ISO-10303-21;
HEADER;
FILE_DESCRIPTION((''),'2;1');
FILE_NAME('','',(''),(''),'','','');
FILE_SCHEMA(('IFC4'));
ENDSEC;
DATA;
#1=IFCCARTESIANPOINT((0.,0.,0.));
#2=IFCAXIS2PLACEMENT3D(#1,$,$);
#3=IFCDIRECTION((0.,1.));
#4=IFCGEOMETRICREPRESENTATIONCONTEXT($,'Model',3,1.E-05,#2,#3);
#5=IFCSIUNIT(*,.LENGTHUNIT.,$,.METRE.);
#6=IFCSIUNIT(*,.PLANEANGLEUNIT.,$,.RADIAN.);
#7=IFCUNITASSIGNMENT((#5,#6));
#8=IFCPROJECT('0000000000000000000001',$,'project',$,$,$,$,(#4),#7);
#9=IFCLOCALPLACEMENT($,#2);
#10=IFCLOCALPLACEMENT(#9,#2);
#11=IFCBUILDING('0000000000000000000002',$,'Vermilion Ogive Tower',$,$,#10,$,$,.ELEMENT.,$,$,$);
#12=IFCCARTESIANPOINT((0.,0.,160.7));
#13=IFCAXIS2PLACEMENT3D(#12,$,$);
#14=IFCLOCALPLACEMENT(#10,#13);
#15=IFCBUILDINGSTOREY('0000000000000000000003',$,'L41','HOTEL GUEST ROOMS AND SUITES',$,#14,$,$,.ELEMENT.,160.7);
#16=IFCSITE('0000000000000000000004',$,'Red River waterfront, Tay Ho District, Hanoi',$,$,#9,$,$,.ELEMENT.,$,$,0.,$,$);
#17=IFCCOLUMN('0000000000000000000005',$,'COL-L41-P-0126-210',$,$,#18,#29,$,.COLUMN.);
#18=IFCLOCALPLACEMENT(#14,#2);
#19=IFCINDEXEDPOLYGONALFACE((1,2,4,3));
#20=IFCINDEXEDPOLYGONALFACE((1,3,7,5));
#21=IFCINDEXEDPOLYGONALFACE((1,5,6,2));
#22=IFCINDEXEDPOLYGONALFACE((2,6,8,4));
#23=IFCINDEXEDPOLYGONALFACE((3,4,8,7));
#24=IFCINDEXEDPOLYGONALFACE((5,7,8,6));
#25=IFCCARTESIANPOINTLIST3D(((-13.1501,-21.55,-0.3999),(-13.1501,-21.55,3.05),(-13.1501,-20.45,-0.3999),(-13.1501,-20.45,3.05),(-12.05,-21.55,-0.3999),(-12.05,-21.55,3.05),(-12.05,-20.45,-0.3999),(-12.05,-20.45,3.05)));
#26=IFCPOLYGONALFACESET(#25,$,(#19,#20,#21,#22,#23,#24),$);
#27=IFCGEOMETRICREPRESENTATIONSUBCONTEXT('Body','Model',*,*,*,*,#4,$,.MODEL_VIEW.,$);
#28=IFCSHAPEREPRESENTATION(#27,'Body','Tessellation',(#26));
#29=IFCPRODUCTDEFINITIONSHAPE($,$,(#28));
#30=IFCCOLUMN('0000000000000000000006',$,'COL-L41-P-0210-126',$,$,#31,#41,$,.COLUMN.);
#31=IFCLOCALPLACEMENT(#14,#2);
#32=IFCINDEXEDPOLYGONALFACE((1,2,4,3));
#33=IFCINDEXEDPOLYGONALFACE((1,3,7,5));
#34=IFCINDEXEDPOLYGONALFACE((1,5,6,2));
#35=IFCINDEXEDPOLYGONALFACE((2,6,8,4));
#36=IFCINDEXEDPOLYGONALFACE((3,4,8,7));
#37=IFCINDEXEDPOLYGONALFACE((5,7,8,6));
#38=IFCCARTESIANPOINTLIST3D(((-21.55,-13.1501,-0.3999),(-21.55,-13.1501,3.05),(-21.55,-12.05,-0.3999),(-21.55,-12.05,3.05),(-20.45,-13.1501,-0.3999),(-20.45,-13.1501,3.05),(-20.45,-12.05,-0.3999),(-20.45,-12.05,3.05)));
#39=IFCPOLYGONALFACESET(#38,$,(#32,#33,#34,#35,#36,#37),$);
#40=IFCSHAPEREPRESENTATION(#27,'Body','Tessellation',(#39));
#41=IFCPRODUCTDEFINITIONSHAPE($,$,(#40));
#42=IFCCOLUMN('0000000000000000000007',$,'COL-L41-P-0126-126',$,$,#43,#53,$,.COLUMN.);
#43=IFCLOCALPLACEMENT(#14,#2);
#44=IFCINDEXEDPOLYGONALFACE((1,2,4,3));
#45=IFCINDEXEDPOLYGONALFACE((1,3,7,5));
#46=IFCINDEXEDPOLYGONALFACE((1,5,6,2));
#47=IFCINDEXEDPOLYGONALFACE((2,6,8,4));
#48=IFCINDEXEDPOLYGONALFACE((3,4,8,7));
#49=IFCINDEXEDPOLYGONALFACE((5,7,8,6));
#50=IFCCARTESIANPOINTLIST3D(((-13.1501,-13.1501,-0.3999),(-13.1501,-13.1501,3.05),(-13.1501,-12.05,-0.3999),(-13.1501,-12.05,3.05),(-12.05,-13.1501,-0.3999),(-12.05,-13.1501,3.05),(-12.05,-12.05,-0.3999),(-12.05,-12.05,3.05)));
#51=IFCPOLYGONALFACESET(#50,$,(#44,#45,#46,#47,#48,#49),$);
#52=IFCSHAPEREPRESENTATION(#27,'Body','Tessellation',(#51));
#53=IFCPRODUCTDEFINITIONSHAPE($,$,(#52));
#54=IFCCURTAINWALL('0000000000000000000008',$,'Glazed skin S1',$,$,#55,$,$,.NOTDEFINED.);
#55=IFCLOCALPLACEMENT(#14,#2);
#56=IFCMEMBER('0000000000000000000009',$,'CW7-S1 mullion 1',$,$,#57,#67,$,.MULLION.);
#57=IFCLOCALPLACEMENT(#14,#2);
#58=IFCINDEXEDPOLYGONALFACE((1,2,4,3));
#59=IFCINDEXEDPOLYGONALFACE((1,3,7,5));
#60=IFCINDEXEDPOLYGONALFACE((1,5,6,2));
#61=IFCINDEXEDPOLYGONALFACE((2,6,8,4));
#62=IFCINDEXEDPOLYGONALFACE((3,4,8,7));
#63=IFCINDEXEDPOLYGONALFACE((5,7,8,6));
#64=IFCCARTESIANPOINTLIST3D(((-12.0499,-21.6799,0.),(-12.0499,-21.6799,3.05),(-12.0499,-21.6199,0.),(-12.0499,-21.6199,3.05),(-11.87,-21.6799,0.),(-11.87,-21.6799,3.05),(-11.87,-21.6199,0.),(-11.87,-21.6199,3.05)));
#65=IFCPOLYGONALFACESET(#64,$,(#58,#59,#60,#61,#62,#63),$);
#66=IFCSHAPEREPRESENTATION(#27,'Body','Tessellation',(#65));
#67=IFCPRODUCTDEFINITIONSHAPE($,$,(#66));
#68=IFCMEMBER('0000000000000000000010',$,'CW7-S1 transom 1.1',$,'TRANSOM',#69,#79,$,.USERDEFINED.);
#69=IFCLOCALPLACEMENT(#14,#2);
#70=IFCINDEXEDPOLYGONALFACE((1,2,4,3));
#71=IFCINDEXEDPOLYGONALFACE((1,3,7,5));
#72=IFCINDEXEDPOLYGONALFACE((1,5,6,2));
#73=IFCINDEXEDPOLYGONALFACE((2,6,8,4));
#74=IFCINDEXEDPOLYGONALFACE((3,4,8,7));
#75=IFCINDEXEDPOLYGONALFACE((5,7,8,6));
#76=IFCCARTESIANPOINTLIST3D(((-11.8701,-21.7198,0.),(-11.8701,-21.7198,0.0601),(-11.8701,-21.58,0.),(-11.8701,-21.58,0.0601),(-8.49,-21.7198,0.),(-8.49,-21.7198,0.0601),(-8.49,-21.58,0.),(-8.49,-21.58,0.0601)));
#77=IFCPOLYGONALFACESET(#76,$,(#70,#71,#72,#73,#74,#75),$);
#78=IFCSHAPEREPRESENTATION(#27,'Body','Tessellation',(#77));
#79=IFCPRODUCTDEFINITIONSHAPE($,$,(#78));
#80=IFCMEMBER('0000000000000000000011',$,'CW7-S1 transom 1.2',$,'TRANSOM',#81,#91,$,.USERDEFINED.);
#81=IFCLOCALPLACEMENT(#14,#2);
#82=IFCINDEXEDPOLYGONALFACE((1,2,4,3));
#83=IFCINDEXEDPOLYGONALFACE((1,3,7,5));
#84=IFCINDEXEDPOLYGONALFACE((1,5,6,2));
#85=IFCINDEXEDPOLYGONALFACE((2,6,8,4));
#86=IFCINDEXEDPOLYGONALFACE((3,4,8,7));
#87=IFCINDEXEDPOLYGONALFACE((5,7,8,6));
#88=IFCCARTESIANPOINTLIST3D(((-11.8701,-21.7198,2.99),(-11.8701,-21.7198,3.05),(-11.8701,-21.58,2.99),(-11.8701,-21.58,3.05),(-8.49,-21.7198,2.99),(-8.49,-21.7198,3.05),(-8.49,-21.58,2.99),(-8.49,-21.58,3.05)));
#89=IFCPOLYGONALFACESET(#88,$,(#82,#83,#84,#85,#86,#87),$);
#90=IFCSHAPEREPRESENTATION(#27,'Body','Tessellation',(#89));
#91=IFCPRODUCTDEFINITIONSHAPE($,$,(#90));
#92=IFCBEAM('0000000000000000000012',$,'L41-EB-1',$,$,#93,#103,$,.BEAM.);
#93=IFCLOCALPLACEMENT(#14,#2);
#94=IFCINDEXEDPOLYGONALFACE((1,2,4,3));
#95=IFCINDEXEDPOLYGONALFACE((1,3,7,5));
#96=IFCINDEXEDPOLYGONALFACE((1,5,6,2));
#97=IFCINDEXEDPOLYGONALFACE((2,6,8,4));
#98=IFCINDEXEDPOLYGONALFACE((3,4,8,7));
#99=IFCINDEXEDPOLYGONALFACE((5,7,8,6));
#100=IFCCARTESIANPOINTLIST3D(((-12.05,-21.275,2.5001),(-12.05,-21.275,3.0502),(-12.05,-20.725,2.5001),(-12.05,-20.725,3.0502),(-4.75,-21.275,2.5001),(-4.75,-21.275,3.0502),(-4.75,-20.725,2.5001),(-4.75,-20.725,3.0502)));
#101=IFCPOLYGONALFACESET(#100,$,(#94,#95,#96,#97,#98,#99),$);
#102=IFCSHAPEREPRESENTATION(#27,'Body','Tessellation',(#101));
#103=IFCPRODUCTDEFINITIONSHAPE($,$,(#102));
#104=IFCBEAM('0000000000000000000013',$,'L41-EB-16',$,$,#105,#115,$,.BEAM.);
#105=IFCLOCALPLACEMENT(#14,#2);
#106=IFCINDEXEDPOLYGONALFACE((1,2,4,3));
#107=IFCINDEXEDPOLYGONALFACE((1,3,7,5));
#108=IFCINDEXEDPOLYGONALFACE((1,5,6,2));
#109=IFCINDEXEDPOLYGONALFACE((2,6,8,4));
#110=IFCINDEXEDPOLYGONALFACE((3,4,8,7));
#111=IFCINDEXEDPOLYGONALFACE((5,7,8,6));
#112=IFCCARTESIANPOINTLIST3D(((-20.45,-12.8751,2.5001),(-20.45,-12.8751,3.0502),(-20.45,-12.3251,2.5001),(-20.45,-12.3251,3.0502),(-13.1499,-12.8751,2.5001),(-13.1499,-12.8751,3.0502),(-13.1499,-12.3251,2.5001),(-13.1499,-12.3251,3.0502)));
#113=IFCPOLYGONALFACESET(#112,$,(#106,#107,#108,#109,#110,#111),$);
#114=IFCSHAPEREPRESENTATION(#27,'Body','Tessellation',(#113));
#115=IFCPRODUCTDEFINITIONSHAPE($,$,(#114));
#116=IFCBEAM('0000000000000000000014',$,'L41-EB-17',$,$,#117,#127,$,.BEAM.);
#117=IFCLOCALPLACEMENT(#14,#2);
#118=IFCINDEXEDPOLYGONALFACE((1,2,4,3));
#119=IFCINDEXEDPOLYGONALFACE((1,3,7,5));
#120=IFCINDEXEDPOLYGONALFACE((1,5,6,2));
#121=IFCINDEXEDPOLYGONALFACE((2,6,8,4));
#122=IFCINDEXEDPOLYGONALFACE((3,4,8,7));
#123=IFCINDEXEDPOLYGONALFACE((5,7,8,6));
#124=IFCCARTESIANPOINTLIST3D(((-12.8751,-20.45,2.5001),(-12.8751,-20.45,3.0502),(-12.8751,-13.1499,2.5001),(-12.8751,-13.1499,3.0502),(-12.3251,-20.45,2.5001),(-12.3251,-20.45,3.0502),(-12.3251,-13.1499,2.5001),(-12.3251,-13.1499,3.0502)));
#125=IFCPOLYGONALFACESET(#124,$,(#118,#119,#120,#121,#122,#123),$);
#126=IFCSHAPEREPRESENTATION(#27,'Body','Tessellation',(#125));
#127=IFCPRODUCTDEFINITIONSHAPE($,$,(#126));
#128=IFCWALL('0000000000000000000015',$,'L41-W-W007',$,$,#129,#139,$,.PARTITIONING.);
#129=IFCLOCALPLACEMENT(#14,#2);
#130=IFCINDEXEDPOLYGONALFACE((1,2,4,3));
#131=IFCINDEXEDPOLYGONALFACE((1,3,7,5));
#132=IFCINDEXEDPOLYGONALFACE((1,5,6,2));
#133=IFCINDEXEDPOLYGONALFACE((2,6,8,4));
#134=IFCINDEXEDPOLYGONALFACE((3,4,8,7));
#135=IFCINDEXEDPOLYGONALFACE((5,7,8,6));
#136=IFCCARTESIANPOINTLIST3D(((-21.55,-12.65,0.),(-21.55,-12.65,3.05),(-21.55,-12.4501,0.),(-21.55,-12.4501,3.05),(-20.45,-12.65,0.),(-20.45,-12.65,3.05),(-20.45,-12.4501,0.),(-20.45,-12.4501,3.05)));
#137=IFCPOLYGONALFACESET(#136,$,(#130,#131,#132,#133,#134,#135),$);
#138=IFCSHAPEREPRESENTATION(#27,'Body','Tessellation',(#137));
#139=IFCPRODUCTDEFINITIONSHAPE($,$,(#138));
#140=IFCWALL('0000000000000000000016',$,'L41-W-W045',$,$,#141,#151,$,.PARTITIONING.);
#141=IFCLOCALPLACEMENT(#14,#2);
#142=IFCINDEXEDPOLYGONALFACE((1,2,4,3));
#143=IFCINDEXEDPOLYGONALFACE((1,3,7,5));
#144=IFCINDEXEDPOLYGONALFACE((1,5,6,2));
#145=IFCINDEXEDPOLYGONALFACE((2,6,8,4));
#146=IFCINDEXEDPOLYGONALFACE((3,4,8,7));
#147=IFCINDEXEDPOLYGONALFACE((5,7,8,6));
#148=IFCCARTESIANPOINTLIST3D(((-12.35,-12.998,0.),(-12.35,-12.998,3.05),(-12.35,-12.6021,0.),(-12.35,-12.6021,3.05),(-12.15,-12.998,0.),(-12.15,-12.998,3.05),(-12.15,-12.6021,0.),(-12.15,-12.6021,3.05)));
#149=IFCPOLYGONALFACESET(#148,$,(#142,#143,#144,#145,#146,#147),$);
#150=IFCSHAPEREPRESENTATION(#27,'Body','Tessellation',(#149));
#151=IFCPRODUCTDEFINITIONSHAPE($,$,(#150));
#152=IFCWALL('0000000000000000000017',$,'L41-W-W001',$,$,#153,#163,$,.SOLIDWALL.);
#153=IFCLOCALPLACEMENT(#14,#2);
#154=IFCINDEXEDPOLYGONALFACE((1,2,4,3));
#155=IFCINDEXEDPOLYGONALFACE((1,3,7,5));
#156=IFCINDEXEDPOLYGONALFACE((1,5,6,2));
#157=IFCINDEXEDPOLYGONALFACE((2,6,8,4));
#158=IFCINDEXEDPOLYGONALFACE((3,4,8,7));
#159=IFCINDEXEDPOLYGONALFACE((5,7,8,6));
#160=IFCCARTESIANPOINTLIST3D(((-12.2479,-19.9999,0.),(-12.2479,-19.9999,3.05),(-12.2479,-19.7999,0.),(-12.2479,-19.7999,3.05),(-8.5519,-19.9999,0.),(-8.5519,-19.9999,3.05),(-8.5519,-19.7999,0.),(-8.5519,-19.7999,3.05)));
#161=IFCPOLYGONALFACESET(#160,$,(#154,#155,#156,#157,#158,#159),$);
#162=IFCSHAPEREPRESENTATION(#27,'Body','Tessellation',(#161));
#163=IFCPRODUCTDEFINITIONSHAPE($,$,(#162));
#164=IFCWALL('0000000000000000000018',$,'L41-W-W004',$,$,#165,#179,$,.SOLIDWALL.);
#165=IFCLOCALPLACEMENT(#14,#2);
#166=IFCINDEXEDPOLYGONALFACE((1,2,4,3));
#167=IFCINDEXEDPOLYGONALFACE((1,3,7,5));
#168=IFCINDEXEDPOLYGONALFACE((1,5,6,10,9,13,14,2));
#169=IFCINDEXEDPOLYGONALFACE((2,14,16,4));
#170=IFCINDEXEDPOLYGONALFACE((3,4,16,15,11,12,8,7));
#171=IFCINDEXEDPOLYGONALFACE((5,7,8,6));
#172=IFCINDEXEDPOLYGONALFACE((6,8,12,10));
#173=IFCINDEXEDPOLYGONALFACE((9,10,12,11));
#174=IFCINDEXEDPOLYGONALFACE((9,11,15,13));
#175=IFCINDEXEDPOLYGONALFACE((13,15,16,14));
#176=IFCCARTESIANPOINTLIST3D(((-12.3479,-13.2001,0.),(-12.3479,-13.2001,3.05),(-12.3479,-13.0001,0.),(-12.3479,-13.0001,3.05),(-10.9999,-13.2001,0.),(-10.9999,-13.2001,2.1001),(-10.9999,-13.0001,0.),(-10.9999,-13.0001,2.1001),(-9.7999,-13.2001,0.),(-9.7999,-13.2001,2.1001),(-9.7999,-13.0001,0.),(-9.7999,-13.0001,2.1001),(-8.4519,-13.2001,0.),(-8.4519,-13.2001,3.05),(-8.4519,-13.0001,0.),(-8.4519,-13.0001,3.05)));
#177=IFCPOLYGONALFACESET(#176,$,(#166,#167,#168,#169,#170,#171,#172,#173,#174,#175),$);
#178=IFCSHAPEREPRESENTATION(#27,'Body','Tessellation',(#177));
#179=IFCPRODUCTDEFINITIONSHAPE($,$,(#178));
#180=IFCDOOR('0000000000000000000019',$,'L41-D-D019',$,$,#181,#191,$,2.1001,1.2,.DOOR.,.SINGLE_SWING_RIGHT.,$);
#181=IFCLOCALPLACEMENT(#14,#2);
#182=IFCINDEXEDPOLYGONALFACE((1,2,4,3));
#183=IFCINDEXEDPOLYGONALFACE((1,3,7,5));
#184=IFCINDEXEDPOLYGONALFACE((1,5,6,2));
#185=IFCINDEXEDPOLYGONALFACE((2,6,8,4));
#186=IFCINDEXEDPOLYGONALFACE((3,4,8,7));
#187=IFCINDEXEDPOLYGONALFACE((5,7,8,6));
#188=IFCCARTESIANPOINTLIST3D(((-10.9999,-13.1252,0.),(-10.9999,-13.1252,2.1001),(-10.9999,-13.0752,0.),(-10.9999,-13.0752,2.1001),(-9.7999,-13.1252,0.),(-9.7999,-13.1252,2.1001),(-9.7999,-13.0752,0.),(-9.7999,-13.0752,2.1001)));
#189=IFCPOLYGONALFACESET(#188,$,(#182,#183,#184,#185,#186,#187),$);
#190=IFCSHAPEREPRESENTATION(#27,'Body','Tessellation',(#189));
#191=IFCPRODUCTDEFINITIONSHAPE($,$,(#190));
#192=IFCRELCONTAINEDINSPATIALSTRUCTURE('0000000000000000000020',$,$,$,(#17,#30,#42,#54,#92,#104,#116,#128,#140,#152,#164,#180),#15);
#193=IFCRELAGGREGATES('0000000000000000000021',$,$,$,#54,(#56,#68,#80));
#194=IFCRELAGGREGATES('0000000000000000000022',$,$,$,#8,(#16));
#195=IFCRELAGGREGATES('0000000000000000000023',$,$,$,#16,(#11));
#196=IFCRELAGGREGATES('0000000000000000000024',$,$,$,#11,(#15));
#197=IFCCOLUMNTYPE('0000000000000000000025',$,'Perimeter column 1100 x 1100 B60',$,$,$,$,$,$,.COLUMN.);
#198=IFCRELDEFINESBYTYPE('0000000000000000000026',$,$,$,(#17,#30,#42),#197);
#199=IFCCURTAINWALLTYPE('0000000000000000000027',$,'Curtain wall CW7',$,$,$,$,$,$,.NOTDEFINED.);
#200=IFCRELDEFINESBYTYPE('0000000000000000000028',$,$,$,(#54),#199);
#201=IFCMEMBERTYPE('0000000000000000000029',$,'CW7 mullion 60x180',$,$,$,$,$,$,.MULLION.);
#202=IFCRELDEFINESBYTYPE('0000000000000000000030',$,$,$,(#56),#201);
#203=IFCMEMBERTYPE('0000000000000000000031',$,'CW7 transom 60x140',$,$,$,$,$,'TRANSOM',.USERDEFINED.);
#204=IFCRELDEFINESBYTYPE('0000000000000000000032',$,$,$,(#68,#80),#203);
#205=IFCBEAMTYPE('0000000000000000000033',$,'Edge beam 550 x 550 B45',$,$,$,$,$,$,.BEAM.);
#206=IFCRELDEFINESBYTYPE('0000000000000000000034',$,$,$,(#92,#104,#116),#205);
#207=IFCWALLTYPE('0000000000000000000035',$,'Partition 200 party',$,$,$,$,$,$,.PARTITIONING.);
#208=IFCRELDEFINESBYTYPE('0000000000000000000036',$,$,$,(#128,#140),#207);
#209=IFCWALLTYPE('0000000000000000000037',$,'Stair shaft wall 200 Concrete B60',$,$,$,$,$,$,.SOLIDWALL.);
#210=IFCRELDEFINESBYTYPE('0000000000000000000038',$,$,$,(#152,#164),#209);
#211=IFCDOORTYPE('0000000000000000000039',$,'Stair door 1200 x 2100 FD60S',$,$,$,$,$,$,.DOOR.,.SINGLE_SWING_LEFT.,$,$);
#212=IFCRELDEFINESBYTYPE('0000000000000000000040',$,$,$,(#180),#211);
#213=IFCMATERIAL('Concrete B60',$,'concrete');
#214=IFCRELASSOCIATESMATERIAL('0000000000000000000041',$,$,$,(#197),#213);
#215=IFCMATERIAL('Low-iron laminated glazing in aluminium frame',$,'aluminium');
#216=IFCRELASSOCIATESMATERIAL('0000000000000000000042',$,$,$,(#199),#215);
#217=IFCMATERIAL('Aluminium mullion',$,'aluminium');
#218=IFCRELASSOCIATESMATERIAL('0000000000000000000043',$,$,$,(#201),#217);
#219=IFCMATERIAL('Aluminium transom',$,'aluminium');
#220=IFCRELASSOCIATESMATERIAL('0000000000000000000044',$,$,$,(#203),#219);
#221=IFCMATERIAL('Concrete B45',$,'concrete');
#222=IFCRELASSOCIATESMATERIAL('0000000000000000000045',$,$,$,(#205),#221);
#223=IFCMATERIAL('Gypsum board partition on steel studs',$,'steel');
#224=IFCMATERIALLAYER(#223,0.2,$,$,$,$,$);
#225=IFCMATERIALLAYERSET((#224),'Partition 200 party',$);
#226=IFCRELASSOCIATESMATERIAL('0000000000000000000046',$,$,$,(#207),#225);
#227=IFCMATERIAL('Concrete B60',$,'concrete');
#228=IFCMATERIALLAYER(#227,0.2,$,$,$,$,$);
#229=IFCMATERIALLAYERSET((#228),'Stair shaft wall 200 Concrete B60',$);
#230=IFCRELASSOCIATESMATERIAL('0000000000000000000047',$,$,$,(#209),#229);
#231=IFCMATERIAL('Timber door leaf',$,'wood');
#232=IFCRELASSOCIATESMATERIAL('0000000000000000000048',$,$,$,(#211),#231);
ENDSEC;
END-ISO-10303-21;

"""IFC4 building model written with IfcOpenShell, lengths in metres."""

from ifc_helpers import new_model, si_unit, direction, frame, frame_2d, origin, origin_2d, place, context, subcontext, project, spatial, rectangle, extrude, material, layer, layer_set, material_profile, profile_set, type_object, element, fill, aggregate, save


model = new_model("IFC4")

# Units and contexts
model_context = context("Model", 3, precision=1e-05, world=origin(), true_north=direction((0.0, 1.0)))
body_context = subcontext(model_context, "Body", "Model", "MODEL_VIEW")
ifc_project = project(units=[si_unit("LENGTHUNIT", "METRE"), si_unit("PLANEANGLEUNIT", "RADIAN")], contexts=[model_context])

# Site, building, storey
site_placement = place(None, origin())
site = spatial("IfcSite", under=ifc_project, at=site_placement, Name="Red River waterfront, Tay Ho District, Hanoi", CompositionType="ELEMENT", RefElevation=0.0)
building_placement = place(site_placement, origin())
building = spatial("IfcBuilding", under=site, at=building_placement, Name="Vermilion Ogive Tower", CompositionType="ELEMENT")
storey_placement = place(building_placement, frame((0.0, 0.0, 160.7)))
storey = spatial("IfcBuildingStorey", under=building, at=storey_placement, Name="L41", Description="HOTEL GUEST ROOMS AND SUITES", CompositionType="ELEMENT", Elevation=160.7)

# Columns
ifc_material_1 = material(Name="Concrete B60", Category="concrete")
ifc_material_profile_1 = material_profile(ifc_material_1, rectangle(XDim=1.1001, YDim=1.1001, at=origin_2d()), Name="1100 x 1100")
ifc_profile_set_1 = profile_set([ifc_material_profile_1], Name="Concrete B60")
column_type = type_object("IfcColumnType", Name="Perimeter column 1100 x 1100 B60", PredefinedType="COLUMN", material=ifc_profile_set_1)
for number, where, z_axis, x_axis, name in (
    (1, (-12.6001, -21.0, -0.3999), (0.0, 0.0, 1.0), (1.0, 0.0, 0.0), "COL-L41-P-0126-210"),
    (2, (-21.0, -12.6001, -0.3999), (0.0, 0.0, 1.0), (1.0, 0.0, 0.0), "COL-L41-P-0210-126"),
    (3, (-12.6001, -12.6001, -0.3999), (0.0, 0.0, 1.0), (1.0, 0.0, 0.0), "COL-L41-P-0126-126"),
):
    element("IfcColumn", number, at=place(storey_placement, frame(where, z_axis=z_axis, x_axis=x_axis)), inside=storey, type_object=column_type, Name=name, PredefinedType="COLUMN", context=body_context, shape_type="SweptSolid", body=[
        extrude(rectangle(XDim=1.1001, YDim=1.1001, at=origin_2d()), origin(), (0.0, 0.0, 1.0), 3.45),
    ])

# Curtain wall, members
ifc_material_2 = material(Name="Low-iron laminated glazing in aluminium frame", Category="aluminium")
curtain_wall_type = type_object("IfcCurtainWallType", Name="Curtain wall CW7", PredefinedType="NOTDEFINED", material=ifc_material_2)
curtain_wall_placement = place(storey_placement, origin())
curtain_wall = element("IfcCurtainWall", 4, at=curtain_wall_placement, inside=storey, type_object=curtain_wall_type, Name="Glazed skin S1", PredefinedType="NOTDEFINED")
ifc_material_3 = material(Name="Aluminium mullion", Category="aluminium")
ifc_material_profile_2 = material_profile(ifc_material_3, rectangle(XDim=0.0601, YDim=0.1799, at=origin_2d()), Name="AL 60x180")
ifc_profile_set_2 = profile_set([ifc_material_profile_2], Name="Aluminium mullion")
member_type_1 = type_object("IfcMemberType", Name="CW7 mullion 60x180", PredefinedType="MULLION", material=ifc_profile_set_2)
member_1_placement = place(storey_placement, frame((-11.96, -21.6499, 0.0), z_axis=(0.0, 0.0, 1.0), x_axis=(0.0, 1.0, 0.0)))
member_1 = element("IfcMember", 5, at=member_1_placement, type_object=member_type_1, Name="CW7-S1 mullion 1", PredefinedType="MULLION", context=body_context, shape_type="SweptSolid", body=[
    extrude(rectangle(XDim=0.0601, YDim=0.1799, at=origin_2d()), origin(), (0.0, 0.0, 1.0), 3.05),
])
ifc_material_4 = material(Name="Aluminium transom", Category="aluminium")
ifc_material_profile_3 = material_profile(ifc_material_4, rectangle(XDim=0.1399, YDim=0.0601, at=origin_2d()), Name="AL 60x140")
ifc_profile_set_3 = profile_set([ifc_material_profile_3], Name="Aluminium transom")
member_type_2 = type_object("IfcMemberType", Name="CW7 transom 60x140", ElementType="TRANSOM", PredefinedType="USERDEFINED", material=ifc_profile_set_3)
member_2_placement = place(storey_placement, frame((-11.8701, -21.6499, 0.03), z_axis=(1.0, 0.0, 0.0), x_axis=(0.0, 1.0, 0.0)))
member_2 = element("IfcMember", 6, at=member_2_placement, type_object=member_type_2, Name="CW7-S1 transom 1.1", ObjectType="TRANSOM", PredefinedType="USERDEFINED", context=body_context, shape_type="SweptSolid", body=[
    extrude(rectangle(XDim=0.1399, YDim=0.0601, at=origin_2d()), origin(), (0.0, 0.0, 1.0), 3.3801),
])
member_3_placement = place(storey_placement, frame((-11.8701, -21.6499, 3.02), z_axis=(1.0, 0.0, 0.0), x_axis=(0.0, 1.0, 0.0)))
member_3 = element("IfcMember", 7, at=member_3_placement, type_object=member_type_2, Name="CW7-S1 transom 1.2", ObjectType="TRANSOM", PredefinedType="USERDEFINED", context=body_context, shape_type="SweptSolid", body=[
    extrude(rectangle(XDim=0.1399, YDim=0.0601, at=origin_2d()), origin(), (0.0, 0.0, 1.0), 3.3801),
])
aggregate(curtain_wall, [member_1, member_2, member_3])

# Beams
ifc_material_5 = material(Name="Concrete B45", Category="concrete")
ifc_material_profile_4 = material_profile(ifc_material_5, rectangle(XDim=0.55, YDim=0.55, at=origin_2d()), Name="550 x 550")
ifc_profile_set_4 = profile_set([ifc_material_profile_4], Name="Concrete B45")
beam_type = type_object("IfcBeamType", Name="Edge beam 550 x 550 B45", PredefinedType="BEAM", material=ifc_profile_set_4)
for number, where, z_axis, x_axis, name in (
    (8, (-12.05, -21.0, 2.7751), (1.0, 0.0, 0.0), (0.0, 1.0, 0.0), "L41-EB-1"),
    (9, (-20.45, -12.6001, 2.7751), (1.0, 0.0, 0.0), (0.0, 1.0, 0.0), "L41-EB-16"),
    (10, (-12.6001, -13.1499, 2.7751), (0.0, -1.0, 0.0), (1.0, 0.0, 0.0), "L41-EB-17"),
):
    element("IfcBeam", number, at=place(storey_placement, frame(where, z_axis=z_axis, x_axis=x_axis)), inside=storey, type_object=beam_type, Name=name, PredefinedType="BEAM", context=body_context, shape_type="SweptSolid", body=[
        extrude(rectangle(XDim=0.55, YDim=0.55, at=origin_2d()), origin(), (0.0, 0.0, 1.0), 7.3),
    ])

# Walls
ifc_material_6 = material(Name="Gypsum board partition on steel studs", Category="steel")
ifc_layer_1 = layer(ifc_material_6, 0.2)
ifc_layer_set_1 = layer_set([ifc_layer_1], Name="Partition 200 party")
wall_type_1 = type_object("IfcWallType", Name="Partition 200 party", PredefinedType="PARTITIONING", material=ifc_layer_set_1)
wall_1_placement = place(storey_placement, frame((-21.55, -12.55, 0.0), z_axis=(0.0, 0.0, 1.0), x_axis=(1.0, 0.0, 0.0)))
element("IfcWall", 11, at=wall_1_placement, inside=storey, type_object=wall_type_1, Name="L41-W-W007", PredefinedType="PARTITIONING", context=body_context, shape_type="SweptSolid", body=[
    extrude(rectangle(XDim=1.1001, YDim=0.2, at=frame_2d((0.55, 0.0))), origin(), (0.0, 0.0, 1.0), 3.05),
])
wall_2_placement = place(storey_placement, frame((-12.25, -12.998, 0.0), z_axis=(0.0, 0.0, 1.0), x_axis=(0.0, 1.0, 0.0)))
element("IfcWall", 12, at=wall_2_placement, inside=storey, type_object=wall_type_1, Name="L41-W-W045", PredefinedType="PARTITIONING", context=body_context, shape_type="SweptSolid", body=[
    extrude(rectangle(XDim=0.396, YDim=0.2, at=frame_2d((0.198, 0.0))), origin(), (0.0, 0.0, 1.0), 3.05),
])
ifc_material_7 = material(Name="Concrete B60", Category="concrete")
ifc_layer_2 = layer(ifc_material_7, 0.2)
ifc_layer_set_2 = layer_set([ifc_layer_2], Name="Stair shaft wall 200 Concrete B60")
wall_type_2 = type_object("IfcWallType", Name="Stair shaft wall 200 Concrete B60", PredefinedType="SOLIDWALL", material=ifc_layer_set_2)
wall_3_placement = place(storey_placement, frame((-12.248, -19.8999, 0.0), z_axis=(0.0, 0.0, 1.0), x_axis=(1.0, 0.0, 0.0)))
element("IfcWall", 13, at=wall_3_placement, inside=storey, type_object=wall_type_2, Name="L41-W-W001", PredefinedType="SOLIDWALL", context=body_context, shape_type="SweptSolid", body=[
    extrude(rectangle(XDim=3.696, YDim=0.2, at=frame_2d((1.8481, 0.0))), origin(), (0.0, 0.0, 1.0), 3.05),
])

# Wall, opening, door
wall_4_placement = place(storey_placement, frame((-12.3479, -13.1001, 0.0), z_axis=(0.0, 0.0, 1.0), x_axis=(1.0, 0.0, 0.0)))
wall_4 = element("IfcWall", 14, at=wall_4_placement, inside=storey, type_object=wall_type_2, Name="L41-W-W004", PredefinedType="SOLIDWALL", context=body_context, shape_type="SweptSolid", body=[
    extrude(rectangle(XDim=3.896, YDim=0.2, at=frame_2d((1.948, 0.0))), origin(), (0.0, 0.0, 1.0), 3.05),
])
opening_1_placement = place(wall_4_placement, frame((1.3479, 0.0, 0.0)))
opening_1 = element("IfcOpeningElement", 15, at=opening_1_placement, cuts=wall_4, PredefinedType="OPENING", context=body_context, shape_type="SweptSolid", body=[
    extrude(rectangle(XDim=1.2, YDim=2.1001, at=frame_2d((0.6001, 1.05))), frame((0.0, 0.1099, 0.0), z_axis=(0.0, -1.0, 0.0), x_axis=(1.0, 0.0, 0.0)), (0.0, 0.0, 1.0), 0.22),
])
ifc_material_8 = material(Name="Timber door leaf", Category="wood")
door_type = type_object("IfcDoorType", Name="Stair door 1200 x 2100 FD60S", OperationType="SINGLE_SWING_LEFT", PredefinedType="DOOR", material=ifc_material_8)
door_placement = place(opening_1_placement, origin())
door = element("IfcDoor", 16, at=door_placement, inside=storey, type_object=door_type, Name="L41-D-D019", OperationType="SINGLE_SWING_RIGHT", OverallHeight=2.1001, OverallWidth=1.2, PredefinedType="DOOR", context=body_context, shape_type="SweptSolid", body=[
    extrude(rectangle(XDim=1.2, YDim=2.1001, at=frame_2d((0.6001, 1.05))), frame((0.0, 0.0249, 0.0), z_axis=(0.0, -1.0, 0.0), x_axis=(1.0, 0.0, 0.0)), (0.0, 0.0, 1.0), 0.05),
])
fill(opening_1, door)

save(model, "model.ifc")
